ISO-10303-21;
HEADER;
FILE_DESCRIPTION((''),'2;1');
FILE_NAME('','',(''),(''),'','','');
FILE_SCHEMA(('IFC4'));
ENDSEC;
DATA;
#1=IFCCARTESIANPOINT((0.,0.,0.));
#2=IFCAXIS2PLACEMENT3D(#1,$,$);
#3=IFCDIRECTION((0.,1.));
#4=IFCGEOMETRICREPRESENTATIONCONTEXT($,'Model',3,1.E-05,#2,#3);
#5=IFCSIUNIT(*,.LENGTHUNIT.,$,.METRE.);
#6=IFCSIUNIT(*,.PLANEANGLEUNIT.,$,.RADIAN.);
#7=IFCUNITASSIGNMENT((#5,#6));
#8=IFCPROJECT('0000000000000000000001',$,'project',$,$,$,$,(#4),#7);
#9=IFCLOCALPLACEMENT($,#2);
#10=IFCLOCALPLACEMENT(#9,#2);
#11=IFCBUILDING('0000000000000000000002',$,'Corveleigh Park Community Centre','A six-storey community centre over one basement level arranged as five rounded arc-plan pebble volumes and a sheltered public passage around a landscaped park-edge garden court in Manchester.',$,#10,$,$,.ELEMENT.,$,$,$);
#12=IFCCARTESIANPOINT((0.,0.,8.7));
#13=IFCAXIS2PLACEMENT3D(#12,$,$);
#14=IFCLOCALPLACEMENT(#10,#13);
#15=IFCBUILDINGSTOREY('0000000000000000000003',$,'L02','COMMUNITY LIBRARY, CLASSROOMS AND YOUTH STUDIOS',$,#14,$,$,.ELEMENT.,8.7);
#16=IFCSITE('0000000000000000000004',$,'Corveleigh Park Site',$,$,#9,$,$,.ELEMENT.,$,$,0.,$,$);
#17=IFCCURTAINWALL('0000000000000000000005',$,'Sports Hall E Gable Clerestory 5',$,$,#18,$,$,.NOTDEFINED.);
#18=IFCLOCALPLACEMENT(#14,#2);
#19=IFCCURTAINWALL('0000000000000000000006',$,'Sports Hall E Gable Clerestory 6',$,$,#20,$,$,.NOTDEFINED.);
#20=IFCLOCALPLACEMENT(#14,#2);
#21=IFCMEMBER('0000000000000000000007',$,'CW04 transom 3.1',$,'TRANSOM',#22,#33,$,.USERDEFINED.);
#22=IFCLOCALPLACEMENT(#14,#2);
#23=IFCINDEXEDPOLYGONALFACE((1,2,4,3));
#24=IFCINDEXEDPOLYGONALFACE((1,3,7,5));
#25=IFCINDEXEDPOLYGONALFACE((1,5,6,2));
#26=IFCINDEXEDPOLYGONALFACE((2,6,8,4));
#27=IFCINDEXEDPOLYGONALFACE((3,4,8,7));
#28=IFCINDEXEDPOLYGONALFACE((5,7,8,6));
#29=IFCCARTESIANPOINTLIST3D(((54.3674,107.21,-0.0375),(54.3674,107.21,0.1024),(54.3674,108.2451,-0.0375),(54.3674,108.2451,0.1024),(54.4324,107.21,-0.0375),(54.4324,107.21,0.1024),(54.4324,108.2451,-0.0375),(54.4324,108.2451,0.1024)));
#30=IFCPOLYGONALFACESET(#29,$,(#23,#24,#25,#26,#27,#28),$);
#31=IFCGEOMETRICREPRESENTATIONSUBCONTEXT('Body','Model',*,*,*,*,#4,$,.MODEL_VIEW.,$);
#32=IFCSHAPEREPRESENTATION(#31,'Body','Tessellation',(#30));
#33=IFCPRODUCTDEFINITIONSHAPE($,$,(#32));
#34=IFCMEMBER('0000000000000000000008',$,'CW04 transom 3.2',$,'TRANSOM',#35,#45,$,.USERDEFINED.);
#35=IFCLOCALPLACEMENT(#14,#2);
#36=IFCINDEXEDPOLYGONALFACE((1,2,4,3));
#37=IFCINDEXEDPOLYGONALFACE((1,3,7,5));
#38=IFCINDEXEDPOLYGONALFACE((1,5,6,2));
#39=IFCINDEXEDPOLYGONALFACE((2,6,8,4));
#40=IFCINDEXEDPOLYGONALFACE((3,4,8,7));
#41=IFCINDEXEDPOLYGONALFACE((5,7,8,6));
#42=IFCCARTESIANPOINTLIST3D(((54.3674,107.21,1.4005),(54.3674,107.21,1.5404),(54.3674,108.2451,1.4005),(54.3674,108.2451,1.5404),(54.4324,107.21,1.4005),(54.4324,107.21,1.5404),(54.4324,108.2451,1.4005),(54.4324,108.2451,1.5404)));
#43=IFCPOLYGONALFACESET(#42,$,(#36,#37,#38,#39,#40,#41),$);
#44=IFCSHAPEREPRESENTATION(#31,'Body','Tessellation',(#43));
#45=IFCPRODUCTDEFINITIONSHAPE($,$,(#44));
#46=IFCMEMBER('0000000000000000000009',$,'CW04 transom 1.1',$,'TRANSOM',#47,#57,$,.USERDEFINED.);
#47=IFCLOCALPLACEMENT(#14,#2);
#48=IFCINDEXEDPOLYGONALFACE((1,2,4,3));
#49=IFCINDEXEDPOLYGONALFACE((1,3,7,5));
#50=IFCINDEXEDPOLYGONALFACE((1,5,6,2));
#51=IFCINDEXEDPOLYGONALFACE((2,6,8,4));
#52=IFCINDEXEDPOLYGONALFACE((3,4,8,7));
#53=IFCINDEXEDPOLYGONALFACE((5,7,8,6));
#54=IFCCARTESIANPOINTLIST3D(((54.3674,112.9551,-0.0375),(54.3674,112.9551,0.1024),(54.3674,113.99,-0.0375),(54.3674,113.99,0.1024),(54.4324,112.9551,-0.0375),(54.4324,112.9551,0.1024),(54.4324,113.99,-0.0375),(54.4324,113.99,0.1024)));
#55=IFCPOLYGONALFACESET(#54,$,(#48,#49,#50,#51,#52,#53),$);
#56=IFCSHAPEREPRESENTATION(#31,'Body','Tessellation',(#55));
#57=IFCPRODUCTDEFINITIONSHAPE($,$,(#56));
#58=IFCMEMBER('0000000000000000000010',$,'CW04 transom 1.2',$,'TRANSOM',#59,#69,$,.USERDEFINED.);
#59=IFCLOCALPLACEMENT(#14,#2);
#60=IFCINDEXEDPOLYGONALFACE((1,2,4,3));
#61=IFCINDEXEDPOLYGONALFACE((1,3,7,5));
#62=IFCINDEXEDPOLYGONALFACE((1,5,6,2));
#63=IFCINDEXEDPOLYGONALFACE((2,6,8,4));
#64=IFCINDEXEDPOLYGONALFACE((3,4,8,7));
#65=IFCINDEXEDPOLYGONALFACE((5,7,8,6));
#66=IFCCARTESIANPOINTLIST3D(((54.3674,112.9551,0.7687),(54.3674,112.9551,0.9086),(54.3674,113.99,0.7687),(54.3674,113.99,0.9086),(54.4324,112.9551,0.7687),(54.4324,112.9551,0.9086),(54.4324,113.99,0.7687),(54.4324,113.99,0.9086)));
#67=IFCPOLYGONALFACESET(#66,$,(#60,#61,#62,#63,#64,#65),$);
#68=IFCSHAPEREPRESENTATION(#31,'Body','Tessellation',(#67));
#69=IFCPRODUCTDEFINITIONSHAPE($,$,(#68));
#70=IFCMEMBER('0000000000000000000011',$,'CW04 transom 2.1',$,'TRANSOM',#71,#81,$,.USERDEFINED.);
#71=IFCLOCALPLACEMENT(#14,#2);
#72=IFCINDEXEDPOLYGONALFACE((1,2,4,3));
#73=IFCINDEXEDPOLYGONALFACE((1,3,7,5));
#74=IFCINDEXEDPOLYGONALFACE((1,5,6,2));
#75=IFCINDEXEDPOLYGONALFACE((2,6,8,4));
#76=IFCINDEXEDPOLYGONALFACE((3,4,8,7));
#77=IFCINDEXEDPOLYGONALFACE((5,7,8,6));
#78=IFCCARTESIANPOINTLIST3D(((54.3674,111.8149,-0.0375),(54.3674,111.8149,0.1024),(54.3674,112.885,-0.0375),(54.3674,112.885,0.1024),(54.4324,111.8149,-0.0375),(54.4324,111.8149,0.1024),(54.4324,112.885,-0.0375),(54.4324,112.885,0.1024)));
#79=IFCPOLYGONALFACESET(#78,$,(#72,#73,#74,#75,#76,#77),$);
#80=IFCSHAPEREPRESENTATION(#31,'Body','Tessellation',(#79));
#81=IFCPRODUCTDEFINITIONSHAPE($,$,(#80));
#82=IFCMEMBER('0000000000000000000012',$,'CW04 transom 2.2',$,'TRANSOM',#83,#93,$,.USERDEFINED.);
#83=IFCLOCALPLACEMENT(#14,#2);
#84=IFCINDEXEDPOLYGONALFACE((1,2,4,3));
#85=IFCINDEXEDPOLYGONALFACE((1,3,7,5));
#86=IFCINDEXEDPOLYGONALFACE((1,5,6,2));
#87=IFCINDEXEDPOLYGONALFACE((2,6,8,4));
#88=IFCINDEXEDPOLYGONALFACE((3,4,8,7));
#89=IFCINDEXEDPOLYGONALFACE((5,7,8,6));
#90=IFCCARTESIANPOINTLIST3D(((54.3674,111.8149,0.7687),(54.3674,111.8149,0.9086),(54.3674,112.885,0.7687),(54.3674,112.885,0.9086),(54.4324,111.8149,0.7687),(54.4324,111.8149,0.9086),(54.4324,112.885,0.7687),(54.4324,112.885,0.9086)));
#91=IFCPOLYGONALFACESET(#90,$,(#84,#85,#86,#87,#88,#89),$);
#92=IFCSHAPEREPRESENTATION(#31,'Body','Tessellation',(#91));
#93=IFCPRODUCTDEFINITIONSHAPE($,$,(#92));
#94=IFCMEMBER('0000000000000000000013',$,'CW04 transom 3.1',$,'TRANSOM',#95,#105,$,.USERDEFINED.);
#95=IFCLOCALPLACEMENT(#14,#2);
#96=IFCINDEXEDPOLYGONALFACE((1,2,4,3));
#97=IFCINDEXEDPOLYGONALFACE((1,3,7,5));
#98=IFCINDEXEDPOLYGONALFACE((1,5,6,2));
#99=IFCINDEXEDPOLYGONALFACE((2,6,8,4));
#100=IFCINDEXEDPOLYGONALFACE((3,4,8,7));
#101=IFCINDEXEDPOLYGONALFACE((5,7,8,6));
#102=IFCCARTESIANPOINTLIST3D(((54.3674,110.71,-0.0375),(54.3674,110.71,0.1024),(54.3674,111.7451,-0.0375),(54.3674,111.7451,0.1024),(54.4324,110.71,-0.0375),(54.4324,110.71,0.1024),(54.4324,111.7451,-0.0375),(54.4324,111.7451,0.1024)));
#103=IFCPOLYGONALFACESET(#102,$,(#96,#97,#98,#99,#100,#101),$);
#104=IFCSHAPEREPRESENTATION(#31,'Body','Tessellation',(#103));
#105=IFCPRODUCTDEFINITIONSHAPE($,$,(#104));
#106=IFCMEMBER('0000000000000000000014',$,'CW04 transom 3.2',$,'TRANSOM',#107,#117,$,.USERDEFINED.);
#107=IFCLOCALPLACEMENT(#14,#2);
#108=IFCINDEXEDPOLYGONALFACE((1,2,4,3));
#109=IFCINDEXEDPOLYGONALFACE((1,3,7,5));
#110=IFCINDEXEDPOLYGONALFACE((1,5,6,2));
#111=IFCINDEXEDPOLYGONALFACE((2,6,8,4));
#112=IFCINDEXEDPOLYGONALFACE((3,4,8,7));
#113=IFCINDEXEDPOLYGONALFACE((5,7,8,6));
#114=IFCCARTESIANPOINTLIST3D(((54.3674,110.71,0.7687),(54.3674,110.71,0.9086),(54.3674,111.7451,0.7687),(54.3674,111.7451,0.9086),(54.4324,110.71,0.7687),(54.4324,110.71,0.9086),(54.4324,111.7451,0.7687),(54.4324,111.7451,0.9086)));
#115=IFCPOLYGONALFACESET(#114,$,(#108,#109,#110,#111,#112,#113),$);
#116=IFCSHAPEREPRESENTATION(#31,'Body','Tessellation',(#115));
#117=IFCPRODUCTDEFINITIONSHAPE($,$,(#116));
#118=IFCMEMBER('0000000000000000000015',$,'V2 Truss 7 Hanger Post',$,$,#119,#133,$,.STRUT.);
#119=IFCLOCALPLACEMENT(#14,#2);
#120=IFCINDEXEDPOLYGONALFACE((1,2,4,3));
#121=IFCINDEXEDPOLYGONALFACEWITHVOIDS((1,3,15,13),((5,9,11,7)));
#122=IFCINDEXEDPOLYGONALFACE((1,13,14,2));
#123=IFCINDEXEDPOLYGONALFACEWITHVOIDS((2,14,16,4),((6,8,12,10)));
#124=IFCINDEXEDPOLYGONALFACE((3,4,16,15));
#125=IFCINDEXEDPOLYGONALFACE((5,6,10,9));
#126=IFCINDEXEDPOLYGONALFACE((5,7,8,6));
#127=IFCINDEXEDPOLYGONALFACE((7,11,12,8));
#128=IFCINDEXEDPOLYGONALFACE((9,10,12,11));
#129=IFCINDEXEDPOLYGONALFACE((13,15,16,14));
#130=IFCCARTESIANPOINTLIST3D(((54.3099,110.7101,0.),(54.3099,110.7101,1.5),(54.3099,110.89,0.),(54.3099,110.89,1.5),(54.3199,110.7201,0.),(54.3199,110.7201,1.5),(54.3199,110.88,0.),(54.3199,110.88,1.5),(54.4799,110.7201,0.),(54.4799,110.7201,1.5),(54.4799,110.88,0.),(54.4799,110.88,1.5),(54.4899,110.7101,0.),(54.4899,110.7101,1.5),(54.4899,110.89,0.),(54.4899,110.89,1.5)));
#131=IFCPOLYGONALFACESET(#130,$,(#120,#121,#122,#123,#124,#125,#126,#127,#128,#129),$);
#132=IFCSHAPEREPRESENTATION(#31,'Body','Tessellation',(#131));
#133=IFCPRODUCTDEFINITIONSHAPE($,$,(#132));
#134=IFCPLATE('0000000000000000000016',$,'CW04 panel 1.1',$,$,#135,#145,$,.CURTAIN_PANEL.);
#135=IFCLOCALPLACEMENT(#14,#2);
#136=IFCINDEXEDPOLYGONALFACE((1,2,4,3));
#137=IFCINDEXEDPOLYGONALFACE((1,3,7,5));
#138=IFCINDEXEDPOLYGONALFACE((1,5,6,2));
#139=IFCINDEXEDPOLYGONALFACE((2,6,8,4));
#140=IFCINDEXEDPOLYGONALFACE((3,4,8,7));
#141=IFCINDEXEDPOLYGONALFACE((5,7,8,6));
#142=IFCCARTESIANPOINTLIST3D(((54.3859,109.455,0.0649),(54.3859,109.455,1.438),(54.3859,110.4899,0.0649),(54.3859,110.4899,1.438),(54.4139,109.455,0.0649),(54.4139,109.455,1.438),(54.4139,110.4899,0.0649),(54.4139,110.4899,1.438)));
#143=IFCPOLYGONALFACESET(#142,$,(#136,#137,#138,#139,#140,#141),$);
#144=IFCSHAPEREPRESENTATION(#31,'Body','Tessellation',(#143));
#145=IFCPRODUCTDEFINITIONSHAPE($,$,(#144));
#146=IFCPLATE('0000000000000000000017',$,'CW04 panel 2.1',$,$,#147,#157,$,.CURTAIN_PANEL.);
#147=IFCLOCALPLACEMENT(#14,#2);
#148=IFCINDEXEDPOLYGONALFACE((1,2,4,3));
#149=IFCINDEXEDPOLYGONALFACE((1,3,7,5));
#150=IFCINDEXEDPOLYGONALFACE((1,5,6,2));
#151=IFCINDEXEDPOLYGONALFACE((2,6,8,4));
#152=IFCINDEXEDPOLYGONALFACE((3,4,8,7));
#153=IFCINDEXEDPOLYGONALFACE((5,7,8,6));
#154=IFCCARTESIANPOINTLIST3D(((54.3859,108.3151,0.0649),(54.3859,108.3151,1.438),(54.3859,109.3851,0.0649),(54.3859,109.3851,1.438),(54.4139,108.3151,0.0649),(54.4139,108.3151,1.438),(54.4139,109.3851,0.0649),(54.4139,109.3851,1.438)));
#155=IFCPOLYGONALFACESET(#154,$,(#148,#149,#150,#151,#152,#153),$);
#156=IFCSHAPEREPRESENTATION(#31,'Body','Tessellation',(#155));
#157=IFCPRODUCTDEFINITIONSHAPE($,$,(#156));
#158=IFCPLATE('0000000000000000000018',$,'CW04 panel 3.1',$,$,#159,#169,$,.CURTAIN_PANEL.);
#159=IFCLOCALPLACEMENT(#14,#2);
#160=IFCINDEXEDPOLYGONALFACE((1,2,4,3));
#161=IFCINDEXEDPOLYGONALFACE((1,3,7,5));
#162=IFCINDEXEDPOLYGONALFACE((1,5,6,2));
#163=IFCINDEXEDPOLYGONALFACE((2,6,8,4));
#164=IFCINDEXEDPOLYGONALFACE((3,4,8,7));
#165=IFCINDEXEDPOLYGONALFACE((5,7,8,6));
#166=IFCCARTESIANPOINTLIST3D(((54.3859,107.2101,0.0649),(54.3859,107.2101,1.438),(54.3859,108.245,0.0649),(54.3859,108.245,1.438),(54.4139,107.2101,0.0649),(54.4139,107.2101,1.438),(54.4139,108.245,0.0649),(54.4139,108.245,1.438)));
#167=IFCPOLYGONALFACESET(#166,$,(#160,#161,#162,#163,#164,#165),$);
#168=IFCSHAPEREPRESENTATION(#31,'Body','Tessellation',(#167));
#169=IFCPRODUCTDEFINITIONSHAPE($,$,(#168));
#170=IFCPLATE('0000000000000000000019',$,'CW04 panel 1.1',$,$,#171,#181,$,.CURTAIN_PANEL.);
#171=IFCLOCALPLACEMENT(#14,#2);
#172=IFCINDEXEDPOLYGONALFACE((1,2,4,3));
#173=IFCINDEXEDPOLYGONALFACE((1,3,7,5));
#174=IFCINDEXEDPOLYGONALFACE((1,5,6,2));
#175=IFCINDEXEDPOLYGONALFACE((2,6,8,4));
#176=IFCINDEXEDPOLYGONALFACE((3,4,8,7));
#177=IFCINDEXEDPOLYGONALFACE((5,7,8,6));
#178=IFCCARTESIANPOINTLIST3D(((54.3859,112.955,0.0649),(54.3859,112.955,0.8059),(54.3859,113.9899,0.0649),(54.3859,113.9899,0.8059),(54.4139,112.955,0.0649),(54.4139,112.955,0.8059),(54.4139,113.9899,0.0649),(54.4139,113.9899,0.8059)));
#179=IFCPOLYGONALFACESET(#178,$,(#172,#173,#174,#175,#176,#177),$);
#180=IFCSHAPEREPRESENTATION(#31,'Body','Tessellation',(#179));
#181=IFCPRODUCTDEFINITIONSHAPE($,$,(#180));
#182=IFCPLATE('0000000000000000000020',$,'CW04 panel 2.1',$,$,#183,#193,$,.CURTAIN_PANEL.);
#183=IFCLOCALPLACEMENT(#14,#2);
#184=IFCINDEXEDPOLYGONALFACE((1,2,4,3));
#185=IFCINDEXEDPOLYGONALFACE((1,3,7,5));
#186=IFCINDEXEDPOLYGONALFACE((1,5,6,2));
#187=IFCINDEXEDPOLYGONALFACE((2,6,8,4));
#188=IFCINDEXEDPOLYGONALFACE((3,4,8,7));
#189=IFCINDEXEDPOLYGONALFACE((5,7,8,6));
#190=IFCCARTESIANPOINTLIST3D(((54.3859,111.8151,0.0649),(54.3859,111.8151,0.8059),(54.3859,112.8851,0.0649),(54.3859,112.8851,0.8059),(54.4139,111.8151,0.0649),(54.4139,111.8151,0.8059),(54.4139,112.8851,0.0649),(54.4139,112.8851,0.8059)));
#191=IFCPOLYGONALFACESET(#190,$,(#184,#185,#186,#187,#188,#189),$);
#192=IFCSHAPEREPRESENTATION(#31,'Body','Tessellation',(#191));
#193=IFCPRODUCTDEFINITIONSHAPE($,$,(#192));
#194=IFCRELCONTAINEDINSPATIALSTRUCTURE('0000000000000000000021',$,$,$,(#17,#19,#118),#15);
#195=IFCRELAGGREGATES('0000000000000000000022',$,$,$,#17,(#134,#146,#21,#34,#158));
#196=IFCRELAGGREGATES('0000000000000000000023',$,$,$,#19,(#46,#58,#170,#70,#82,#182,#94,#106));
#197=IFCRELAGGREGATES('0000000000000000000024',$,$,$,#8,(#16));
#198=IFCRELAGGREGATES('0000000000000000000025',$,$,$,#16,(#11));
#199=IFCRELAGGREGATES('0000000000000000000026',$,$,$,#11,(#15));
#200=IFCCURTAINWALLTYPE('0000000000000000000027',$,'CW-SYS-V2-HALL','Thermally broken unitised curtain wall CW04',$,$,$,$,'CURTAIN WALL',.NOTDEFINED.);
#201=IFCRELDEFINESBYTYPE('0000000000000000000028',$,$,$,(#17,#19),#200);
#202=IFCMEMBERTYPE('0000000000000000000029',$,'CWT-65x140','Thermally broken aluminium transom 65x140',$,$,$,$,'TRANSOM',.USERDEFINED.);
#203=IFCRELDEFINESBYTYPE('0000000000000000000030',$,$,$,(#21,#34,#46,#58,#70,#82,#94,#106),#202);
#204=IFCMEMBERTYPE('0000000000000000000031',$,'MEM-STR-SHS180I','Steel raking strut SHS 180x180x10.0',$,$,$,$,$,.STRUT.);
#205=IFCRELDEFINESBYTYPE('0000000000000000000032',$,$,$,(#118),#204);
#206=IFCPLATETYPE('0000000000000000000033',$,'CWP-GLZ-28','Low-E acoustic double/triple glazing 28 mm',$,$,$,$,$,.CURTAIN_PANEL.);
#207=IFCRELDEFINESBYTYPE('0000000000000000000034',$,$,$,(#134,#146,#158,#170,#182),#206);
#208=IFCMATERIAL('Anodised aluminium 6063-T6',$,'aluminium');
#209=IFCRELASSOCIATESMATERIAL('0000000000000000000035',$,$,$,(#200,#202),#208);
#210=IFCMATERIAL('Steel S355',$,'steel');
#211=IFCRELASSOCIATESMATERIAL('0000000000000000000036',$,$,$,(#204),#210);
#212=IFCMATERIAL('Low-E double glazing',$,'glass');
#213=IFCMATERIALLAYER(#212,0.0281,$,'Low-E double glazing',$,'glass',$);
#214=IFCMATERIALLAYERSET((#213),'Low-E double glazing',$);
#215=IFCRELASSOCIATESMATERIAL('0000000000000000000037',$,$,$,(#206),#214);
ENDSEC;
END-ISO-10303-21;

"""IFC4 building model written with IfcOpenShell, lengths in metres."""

from ifc_helpers import new_model, si_unit, direction, frame, origin, origin_2d, place, context, subcontext, project, spatial, rectangle, hollow_rectangle, extrude, material, layer, layer_set, material_profile, profile_set, type_object, element, aggregate, save


model = new_model("IFC4")

# Units and contexts
model_context = context("Model", 3, precision=1e-05, world=origin(), true_north=direction((0.0, 1.0)))
body_context = subcontext(model_context, "Body", "Model", "MODEL_VIEW")
ifc_project = project(units=[si_unit("LENGTHUNIT", "METRE"), si_unit("PLANEANGLEUNIT", "RADIAN")], contexts=[model_context])

# Site, building, storey
site_placement = place(None, origin())
site = spatial("IfcSite", under=ifc_project, at=site_placement, Name="Corveleigh Park Site", CompositionType="ELEMENT", RefElevation=0.0)
building_placement = place(site_placement, origin())
building = spatial("IfcBuilding", under=site, at=building_placement, Name="Corveleigh Park Community Centre", Description="A six-storey community centre over one basement level arranged as five rounded arc-plan pebble volumes and a sheltered public passage around a landscaped park-edge garden court in Manchester.", CompositionType="ELEMENT")
storey_placement = place(building_placement, frame((0.0, 0.0, 8.7)))
storey = spatial("IfcBuildingStorey", under=building, at=storey_placement, Name="L02", Description="COMMUNITY LIBRARY, CLASSROOMS AND YOUTH STUDIOS", CompositionType="ELEMENT", Elevation=8.7)

# Shared definitions
ifc_material_1 = material(Name="Steel S355", Category="steel")

# Curtain walls
ifc_material_2 = material(Name="Anodised aluminium 6063-T6", Category="aluminium")
curtain_wall_type = type_object("IfcCurtainWallType", Name="CW-SYS-V2-HALL", Description="Thermally broken unitised curtain wall CW04", ElementType="CURTAIN WALL", PredefinedType="NOTDEFINED", material=ifc_material_2)
curtain_wall_1_placement = place(storey_placement, origin())
curtain_wall_1 = element("IfcCurtainWall", 1, at=curtain_wall_1_placement, inside=storey, type_object=curtain_wall_type, Name="Sports Hall E Gable Clerestory 5", PredefinedType="NOTDEFINED")
curtain_wall_2_placement = place(storey_placement, origin())
curtain_wall_2 = element("IfcCurtainWall", 2, at=curtain_wall_2_placement, inside=storey, type_object=curtain_wall_type, Name="Sports Hall E Gable Clerestory 6", PredefinedType="NOTDEFINED")

# Members
ifc_material_profile_1 = material_profile(ifc_material_2, rectangle(XDim=0.0649, YDim=0.1399, at=origin_2d()), Name="ALU-T65x140", Category="aluminium")
ifc_profile_set_1 = profile_set([ifc_material_profile_1], Name="Anodised aluminium 6063-T6")
member_type_1 = type_object("IfcMemberType", Name="CWT-65x140", Description="Thermally broken aluminium transom 65x140", ElementType="TRANSOM", PredefinedType="USERDEFINED", material=ifc_profile_set_1)
member_1_placement = place(storey_placement, frame((54.3999, 108.2451, 0.0325), z_axis=(0.0, -1.0, 0.0), x_axis=(1.0, 0.0, 0.0)))
member_1 = element("IfcMember", 3, at=member_1_placement, type_object=member_type_1, Name="CW04 transom 3.1", ObjectType="TRANSOM", PredefinedType="USERDEFINED", context=body_context, shape_type="SweptSolid", body=[
    extrude(rectangle(XDim=0.0649, YDim=0.1399, at=origin_2d()), origin(), (0.0, 0.0, 1.0), 1.0352),
])
member_2_placement = place(storey_placement, frame((54.3999, 108.2451, 1.4705), z_axis=(0.0, -1.0, 0.0), x_axis=(1.0, 0.0, 0.0)))
member_2 = element("IfcMember", 4, at=member_2_placement, type_object=member_type_1, Name="CW04 transom 3.2", ObjectType="TRANSOM", PredefinedType="USERDEFINED", context=body_context, shape_type="SweptSolid", body=[
    extrude(rectangle(XDim=0.0649, YDim=0.1399, at=origin_2d()), origin(), (0.0, 0.0, 1.0), 1.0352),
])
member_3_placement = place(storey_placement, frame((54.3999, 113.99, 0.0325), z_axis=(0.0, -1.0, 0.0), x_axis=(1.0, 0.0, 0.0)))
member_3 = element("IfcMember", 5, at=member_3_placement, type_object=member_type_1, Name="CW04 transom 1.1", ObjectType="TRANSOM", PredefinedType="USERDEFINED", context=body_context, shape_type="SweptSolid", body=[
    extrude(rectangle(XDim=0.0649, YDim=0.1399, at=origin_2d()), origin(), (0.0, 0.0, 1.0), 1.0349),
])
member_4_placement = place(storey_placement, frame((54.3999, 113.99, 0.8386), z_axis=(0.0, -1.0, 0.0), x_axis=(1.0, 0.0, 0.0)))
member_4 = element("IfcMember", 6, at=member_4_placement, type_object=member_type_1, Name="CW04 transom 1.2", ObjectType="TRANSOM", PredefinedType="USERDEFINED", context=body_context, shape_type="SweptSolid", body=[
    extrude(rectangle(XDim=0.0649, YDim=0.1399, at=origin_2d()), origin(), (0.0, 0.0, 1.0), 1.0349),
])
member_5_placement = place(storey_placement, frame((54.3999, 112.885, 0.0325), z_axis=(0.0, -1.0, 0.0), x_axis=(1.0, 0.0, 0.0)))
member_5 = element("IfcMember", 7, at=member_5_placement, type_object=member_type_1, Name="CW04 transom 2.1", ObjectType="TRANSOM", PredefinedType="USERDEFINED", context=body_context, shape_type="SweptSolid", body=[
    extrude(rectangle(XDim=0.0649, YDim=0.1399, at=origin_2d()), origin(), (0.0, 0.0, 1.0), 1.0701),
])
member_6_placement = place(storey_placement, frame((54.3999, 112.885, 0.8386), z_axis=(0.0, -1.0, 0.0), x_axis=(1.0, 0.0, 0.0)))
member_6 = element("IfcMember", 8, at=member_6_placement, type_object=member_type_1, Name="CW04 transom 2.2", ObjectType="TRANSOM", PredefinedType="USERDEFINED", context=body_context, shape_type="SweptSolid", body=[
    extrude(rectangle(XDim=0.0649, YDim=0.1399, at=origin_2d()), origin(), (0.0, 0.0, 1.0), 1.0701),
])
member_7_placement = place(storey_placement, frame((54.3999, 111.7451, 0.0325), z_axis=(0.0, -1.0, 0.0), x_axis=(1.0, 0.0, 0.0)))
member_7 = element("IfcMember", 9, at=member_7_placement, type_object=member_type_1, Name="CW04 transom 3.1", ObjectType="TRANSOM", PredefinedType="USERDEFINED", context=body_context, shape_type="SweptSolid", body=[
    extrude(rectangle(XDim=0.0649, YDim=0.1399, at=origin_2d()), origin(), (0.0, 0.0, 1.0), 1.0352),
])
member_8_placement = place(storey_placement, frame((54.3999, 111.7451, 0.8386), z_axis=(0.0, -1.0, 0.0), x_axis=(1.0, 0.0, 0.0)))
member_8 = element("IfcMember", 10, at=member_8_placement, type_object=member_type_1, Name="CW04 transom 3.2", ObjectType="TRANSOM", PredefinedType="USERDEFINED", context=body_context, shape_type="SweptSolid", body=[
    extrude(rectangle(XDim=0.0649, YDim=0.1399, at=origin_2d()), origin(), (0.0, 0.0, 1.0), 1.0352),
])
ifc_material_profile_2 = material_profile(ifc_material_1, hollow_rectangle(XDim=0.1799, YDim=0.1799, WallThickness=0.01, at=origin_2d()), Name="SHS 180x180x10.0", Category="steel")
ifc_profile_set_2 = profile_set([ifc_material_profile_2], Name="Steel S355")
member_type_2 = type_object("IfcMemberType", Name="MEM-STR-SHS180I", Description="Steel raking strut SHS 180x180x10.0", PredefinedType="STRUT", material=ifc_profile_set_2)
member_9_placement = place(storey_placement, frame((54.3999, 110.8, 0.0), z_axis=(0.0, 0.0, 1.0), x_axis=(1.0, 0.0, 0.0)))
element("IfcMember", 11, at=member_9_placement, inside=storey, type_object=member_type_2, Name="V2 Truss 7 Hanger Post", PredefinedType="STRUT", context=body_context, shape_type="SweptSolid", body=[
    extrude(hollow_rectangle(XDim=0.1799, YDim=0.1799, WallThickness=0.01, at=origin_2d()), origin(), (0.0, 0.0, 1.0), 1.5),
])

# Plates
ifc_material_3 = material(Name="Low-E double glazing", Category="glass")
ifc_layer_1 = layer(ifc_material_3, 0.0281, Name="Low-E double glazing", Category="glass")
ifc_layer_set_1 = layer_set([ifc_layer_1], Name="Low-E double glazing")
plate_type_1 = type_object("IfcPlateType", Name="CWP-GLZ-28", Description="Low-E acoustic double/triple glazing 28 mm", PredefinedType="CURTAIN_PANEL", material=ifc_layer_set_1)
plate_1_placement = place(storey_placement, frame((54.3999, 109.9724, 0.0649), z_axis=(0.0, 0.0, 1.0), x_axis=(0.0, -1.0, 0.0)))
plate_1 = element("IfcPlate", 12, at=plate_1_placement, type_object=plate_type_1, Name="CW04 panel 1.1", PredefinedType="CURTAIN_PANEL", context=body_context, shape_type="SweptSolid", body=[
    extrude(rectangle(XDim=1.0349, YDim=0.0281, at=origin_2d()), origin(), (0.0, 0.0, 1.0), 1.373),
])
plate_2_placement = place(storey_placement, frame((54.3999, 108.8501, 0.0649), z_axis=(0.0, 0.0, 1.0), x_axis=(0.0, -1.0, 0.0)))
plate_2 = element("IfcPlate", 13, at=plate_2_placement, type_object=plate_type_1, Name="CW04 panel 2.1", PredefinedType="CURTAIN_PANEL", context=body_context, shape_type="SweptSolid", body=[
    extrude(rectangle(XDim=1.0701, YDim=0.0281, at=origin_2d()), origin(), (0.0, 0.0, 1.0), 1.373),
])
plate_3_placement = place(storey_placement, frame((54.3999, 107.7275, 0.0649), z_axis=(0.0, 0.0, 1.0), x_axis=(0.0, -1.0, 0.0)))
plate_3 = element("IfcPlate", 14, at=plate_3_placement, type_object=plate_type_1, Name="CW04 panel 3.1", PredefinedType="CURTAIN_PANEL", context=body_context, shape_type="SweptSolid", body=[
    extrude(rectangle(XDim=1.0349, YDim=0.0281, at=origin_2d()), origin(), (0.0, 0.0, 1.0), 1.373),
])
aggregate(curtain_wall_1, [plate_1, plate_2, member_1, member_2, plate_3])
plate_4_placement = place(storey_placement, frame((54.3999, 113.4724, 0.0649), z_axis=(0.0, 0.0, 1.0), x_axis=(0.0, -1.0, 0.0)))
plate_4 = element("IfcPlate", 15, at=plate_4_placement, type_object=plate_type_1, Name="CW04 panel 1.1", PredefinedType="CURTAIN_PANEL", context=body_context, shape_type="SweptSolid", body=[
    extrude(rectangle(XDim=1.0349, YDim=0.0281, at=origin_2d()), origin(), (0.0, 0.0, 1.0), 0.741),
])
plate_5_placement = place(storey_placement, frame((54.3999, 112.3501, 0.0649), z_axis=(0.0, 0.0, 1.0), x_axis=(0.0, -1.0, 0.0)))
plate_5 = element("IfcPlate", 16, at=plate_5_placement, type_object=plate_type_1, Name="CW04 panel 2.1", PredefinedType="CURTAIN_PANEL", context=body_context, shape_type="SweptSolid", body=[
    extrude(rectangle(XDim=1.0701, YDim=0.0281, at=origin_2d()), origin(), (0.0, 0.0, 1.0), 0.741),
])
aggregate(curtain_wall_2, [member_3, member_4, plate_4, member_5, member_6, plate_5, member_7, member_8])

save(model, "model.ifc")
